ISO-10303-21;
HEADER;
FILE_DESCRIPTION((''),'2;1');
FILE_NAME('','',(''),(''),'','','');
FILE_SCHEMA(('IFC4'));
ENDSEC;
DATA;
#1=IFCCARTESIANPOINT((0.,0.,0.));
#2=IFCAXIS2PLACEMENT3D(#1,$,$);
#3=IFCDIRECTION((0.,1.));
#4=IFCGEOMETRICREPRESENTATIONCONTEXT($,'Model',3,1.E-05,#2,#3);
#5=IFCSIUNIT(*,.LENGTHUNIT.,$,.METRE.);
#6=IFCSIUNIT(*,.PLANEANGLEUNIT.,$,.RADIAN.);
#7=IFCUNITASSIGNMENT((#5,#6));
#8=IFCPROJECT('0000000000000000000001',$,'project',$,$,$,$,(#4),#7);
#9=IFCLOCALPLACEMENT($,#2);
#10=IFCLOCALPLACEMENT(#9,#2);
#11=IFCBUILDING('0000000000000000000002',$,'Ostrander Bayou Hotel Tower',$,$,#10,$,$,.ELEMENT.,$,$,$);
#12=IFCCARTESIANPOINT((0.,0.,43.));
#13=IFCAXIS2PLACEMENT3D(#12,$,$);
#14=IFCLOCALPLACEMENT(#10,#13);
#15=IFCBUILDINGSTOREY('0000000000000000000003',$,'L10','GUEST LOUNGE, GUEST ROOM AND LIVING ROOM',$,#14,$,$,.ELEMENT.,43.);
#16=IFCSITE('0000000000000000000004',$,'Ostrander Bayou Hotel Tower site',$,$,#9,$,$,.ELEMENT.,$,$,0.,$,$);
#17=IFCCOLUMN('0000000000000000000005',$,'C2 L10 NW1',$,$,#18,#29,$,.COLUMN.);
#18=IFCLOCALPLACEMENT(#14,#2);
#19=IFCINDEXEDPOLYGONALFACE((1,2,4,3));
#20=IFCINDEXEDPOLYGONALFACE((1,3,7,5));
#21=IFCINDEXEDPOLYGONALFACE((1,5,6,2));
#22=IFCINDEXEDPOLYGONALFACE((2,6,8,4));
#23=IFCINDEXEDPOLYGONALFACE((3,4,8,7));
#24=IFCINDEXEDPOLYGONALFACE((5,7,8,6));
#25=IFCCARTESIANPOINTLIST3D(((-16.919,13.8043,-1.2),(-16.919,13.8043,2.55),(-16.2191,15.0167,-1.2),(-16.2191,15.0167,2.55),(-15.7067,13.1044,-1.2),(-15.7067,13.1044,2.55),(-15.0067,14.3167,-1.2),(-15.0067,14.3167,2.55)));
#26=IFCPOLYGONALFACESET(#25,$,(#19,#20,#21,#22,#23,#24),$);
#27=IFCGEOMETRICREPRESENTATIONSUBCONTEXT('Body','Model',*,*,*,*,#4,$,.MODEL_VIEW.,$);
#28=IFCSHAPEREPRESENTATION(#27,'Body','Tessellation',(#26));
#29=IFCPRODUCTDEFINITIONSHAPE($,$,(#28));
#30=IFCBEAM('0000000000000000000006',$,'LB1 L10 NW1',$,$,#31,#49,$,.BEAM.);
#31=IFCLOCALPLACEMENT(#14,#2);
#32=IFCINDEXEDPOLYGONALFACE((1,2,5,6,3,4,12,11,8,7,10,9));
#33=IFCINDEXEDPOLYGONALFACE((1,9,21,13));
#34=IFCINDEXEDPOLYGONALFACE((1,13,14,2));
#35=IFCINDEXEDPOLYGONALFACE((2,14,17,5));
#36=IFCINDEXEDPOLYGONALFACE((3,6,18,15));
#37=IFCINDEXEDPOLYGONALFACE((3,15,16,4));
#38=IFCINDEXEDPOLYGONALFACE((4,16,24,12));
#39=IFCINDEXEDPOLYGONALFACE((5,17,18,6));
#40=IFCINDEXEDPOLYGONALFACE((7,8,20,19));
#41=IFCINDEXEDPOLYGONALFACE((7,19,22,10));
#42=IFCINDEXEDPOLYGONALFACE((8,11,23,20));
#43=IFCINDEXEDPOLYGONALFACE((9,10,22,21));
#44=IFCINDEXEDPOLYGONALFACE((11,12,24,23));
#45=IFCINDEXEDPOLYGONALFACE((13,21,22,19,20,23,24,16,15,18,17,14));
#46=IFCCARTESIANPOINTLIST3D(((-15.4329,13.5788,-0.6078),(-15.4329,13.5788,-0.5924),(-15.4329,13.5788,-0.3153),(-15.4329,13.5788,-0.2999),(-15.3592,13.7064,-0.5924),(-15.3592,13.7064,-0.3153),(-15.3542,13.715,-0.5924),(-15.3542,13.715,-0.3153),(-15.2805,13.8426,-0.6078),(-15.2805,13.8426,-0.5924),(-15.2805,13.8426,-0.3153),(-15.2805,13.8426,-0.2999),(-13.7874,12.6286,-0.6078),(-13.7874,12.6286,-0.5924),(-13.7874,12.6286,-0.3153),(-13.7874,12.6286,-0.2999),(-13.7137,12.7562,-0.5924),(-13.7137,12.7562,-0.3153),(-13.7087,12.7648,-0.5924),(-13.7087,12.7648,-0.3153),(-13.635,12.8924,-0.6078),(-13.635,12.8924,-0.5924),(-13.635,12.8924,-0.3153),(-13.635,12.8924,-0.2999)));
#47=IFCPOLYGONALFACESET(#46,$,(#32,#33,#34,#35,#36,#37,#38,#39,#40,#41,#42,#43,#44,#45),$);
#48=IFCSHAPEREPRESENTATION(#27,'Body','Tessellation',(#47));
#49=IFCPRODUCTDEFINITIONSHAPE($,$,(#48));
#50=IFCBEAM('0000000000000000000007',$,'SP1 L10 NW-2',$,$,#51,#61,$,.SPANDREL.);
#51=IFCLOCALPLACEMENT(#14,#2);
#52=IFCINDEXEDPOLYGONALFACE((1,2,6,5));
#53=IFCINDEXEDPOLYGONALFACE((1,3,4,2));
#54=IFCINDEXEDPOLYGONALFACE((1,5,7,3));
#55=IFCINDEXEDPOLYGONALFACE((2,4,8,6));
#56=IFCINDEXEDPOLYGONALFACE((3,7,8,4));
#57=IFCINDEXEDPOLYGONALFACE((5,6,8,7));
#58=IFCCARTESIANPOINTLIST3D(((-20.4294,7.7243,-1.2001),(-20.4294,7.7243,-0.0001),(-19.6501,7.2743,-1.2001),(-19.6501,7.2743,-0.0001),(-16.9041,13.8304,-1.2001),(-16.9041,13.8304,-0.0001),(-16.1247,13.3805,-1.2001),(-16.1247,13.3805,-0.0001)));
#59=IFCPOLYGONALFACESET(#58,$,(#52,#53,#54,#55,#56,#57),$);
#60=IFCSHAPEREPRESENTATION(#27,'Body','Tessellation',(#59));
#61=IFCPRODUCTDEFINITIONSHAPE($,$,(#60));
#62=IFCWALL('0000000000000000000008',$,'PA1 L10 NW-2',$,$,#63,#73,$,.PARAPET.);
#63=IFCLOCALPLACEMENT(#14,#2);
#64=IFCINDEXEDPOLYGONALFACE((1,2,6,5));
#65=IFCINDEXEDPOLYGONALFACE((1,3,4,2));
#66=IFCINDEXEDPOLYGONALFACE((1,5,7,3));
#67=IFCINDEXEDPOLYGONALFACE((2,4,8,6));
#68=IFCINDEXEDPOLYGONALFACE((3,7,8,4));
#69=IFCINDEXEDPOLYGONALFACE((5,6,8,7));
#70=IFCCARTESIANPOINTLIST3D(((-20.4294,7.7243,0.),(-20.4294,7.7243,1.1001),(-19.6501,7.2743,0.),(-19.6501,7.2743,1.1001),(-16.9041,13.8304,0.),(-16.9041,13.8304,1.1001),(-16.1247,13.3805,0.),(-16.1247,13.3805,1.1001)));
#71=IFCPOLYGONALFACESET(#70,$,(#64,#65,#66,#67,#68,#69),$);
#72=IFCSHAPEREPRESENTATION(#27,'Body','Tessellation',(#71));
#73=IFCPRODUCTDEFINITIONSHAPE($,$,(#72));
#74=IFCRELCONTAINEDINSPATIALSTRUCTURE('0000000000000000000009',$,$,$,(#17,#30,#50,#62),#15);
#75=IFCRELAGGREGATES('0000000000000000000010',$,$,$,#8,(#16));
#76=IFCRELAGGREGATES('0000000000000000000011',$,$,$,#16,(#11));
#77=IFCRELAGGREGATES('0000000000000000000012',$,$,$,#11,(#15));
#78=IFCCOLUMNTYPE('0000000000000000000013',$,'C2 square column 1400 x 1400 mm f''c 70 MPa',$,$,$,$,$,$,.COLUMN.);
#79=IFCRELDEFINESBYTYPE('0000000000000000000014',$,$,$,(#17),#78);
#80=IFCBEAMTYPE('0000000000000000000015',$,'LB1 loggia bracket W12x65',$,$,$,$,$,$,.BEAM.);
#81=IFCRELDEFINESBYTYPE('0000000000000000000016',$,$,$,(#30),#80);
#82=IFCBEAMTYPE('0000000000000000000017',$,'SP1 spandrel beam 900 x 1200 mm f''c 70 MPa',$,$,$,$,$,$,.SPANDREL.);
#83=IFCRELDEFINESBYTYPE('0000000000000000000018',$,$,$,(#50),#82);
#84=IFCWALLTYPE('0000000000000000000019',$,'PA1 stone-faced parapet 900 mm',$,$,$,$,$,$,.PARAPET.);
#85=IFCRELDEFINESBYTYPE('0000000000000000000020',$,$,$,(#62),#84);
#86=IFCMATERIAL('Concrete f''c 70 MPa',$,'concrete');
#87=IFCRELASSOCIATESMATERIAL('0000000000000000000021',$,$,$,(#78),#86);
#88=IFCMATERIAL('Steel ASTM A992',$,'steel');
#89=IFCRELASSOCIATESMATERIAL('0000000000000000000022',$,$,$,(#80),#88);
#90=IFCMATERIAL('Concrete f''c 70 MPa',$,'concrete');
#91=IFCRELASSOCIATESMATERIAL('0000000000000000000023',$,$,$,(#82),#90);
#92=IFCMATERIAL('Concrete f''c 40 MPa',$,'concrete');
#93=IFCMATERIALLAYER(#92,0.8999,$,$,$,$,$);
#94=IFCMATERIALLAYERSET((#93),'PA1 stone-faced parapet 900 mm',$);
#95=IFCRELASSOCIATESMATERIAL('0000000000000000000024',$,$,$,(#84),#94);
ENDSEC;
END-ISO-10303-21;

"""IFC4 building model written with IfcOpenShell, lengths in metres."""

from ifc_helpers import new_model, si_unit, direction, frame, frame_2d, origin, origin_2d, place, context, subcontext, project, spatial, rectangle, i_section, extrude, material, layer, layer_set, material_profile, profile_set, type_object, element, save


model = new_model("IFC4")

# Units and contexts
model_context = context("Model", 3, precision=1e-05, world=origin(), true_north=direction((0.0, 1.0)))
body_context = subcontext(model_context, "Body", "Model", "MODEL_VIEW")
ifc_project = project(units=[si_unit("LENGTHUNIT", "METRE"), si_unit("PLANEANGLEUNIT", "RADIAN")], contexts=[model_context])

# Site, building, storey
site_placement = place(None, origin())
site = spatial("IfcSite", under=ifc_project, at=site_placement, Name="Ostrander Bayou Hotel Tower site", CompositionType="ELEMENT", RefElevation=0.0)
building_placement = place(site_placement, origin())
building = spatial("IfcBuilding", under=site, at=building_placement, Name="Ostrander Bayou Hotel Tower", CompositionType="ELEMENT")
storey_placement = place(building_placement, frame((0.0, 0.0, 43.0)))
storey = spatial("IfcBuildingStorey", under=building, at=storey_placement, Name="L10", Description="GUEST LOUNGE, GUEST ROOM AND LIVING ROOM", CompositionType="ELEMENT", Elevation=43.0)

# Column
ifc_material_1 = material(Name="Concrete f'c 70 MPa", Category="concrete")
ifc_material_profile_1 = material_profile(ifc_material_1, rectangle(XDim=1.3999, YDim=1.3999, at=origin_2d()))
ifc_profile_set_1 = profile_set([ifc_material_profile_1], Name="Concrete f'c 70 MPa")
column_type = type_object("IfcColumnType", Name="C2 square column 1400 x 1400 mm f'c 70 MPa", PredefinedType="COLUMN", material=ifc_profile_set_1)
column_placement = place(storey_placement, frame((-15.9629, 14.0605, -1.2), z_axis=(0.0, 0.0, 1.0), x_axis=(0.5, 0.866025, 0.0)))
element("IfcColumn", 1, at=column_placement, inside=storey, type_object=column_type, Name="C2 L10 NW1", PredefinedType="COLUMN", context=body_context, shape_type="SweptSolid", body=[
    extrude(rectangle(XDim=1.3999, YDim=1.3999, at=origin_2d()), origin(), (0.0, 0.0, 1.0), 3.75),
])

# Beams
ifc_material_2 = material(Name="Steel ASTM A992", Category="steel")
ifc_material_profile_2 = material_profile(ifc_material_2, i_section(OverallWidth=0.3047, OverallDepth=0.3079, WebThickness=0.01, FlangeThickness=0.0154, at=origin_2d()))
ifc_profile_set_2 = profile_set([ifc_material_profile_2], Name="Steel ASTM A992")
beam_type_1 = type_object("IfcBeamType", Name="LB1 loggia bracket W12x65", PredefinedType="BEAM", material=ifc_profile_set_2)
beam_1_placement = place(storey_placement, frame((-15.3567, 13.7107, -0.4539), z_axis=(0.865989, -0.500064, 0.0), x_axis=(0.500064, 0.865989, 0.0)))
element("IfcBeam", 2, at=beam_1_placement, inside=storey, type_object=beam_type_1, Name="LB1 L10 NW1", PredefinedType="BEAM", context=body_context, shape_type="SweptSolid", body=[
    extrude(i_section(OverallWidth=0.3047, OverallDepth=0.3079, WebThickness=0.01, FlangeThickness=0.0154, at=origin_2d()), origin(), (0.0, 0.0, 1.0), 1.9001),
])
ifc_material_3 = material(Name="Concrete f'c 70 MPa", Category="concrete")
ifc_material_profile_3 = material_profile(ifc_material_3, rectangle(XDim=0.8999, YDim=1.2, at=origin_2d()))
ifc_profile_set_3 = profile_set([ifc_material_profile_3], Name="Concrete f'c 70 MPa")
beam_type_2 = type_object("IfcBeamType", Name="SP1 spandrel beam 900 x 1200 mm f'c 70 MPa", PredefinedType="SPANDREL", material=ifc_profile_set_3)
beam_2_placement = place(storey_placement, frame((-16.5144, 13.6055, -0.6001), z_axis=(-0.499997, -0.866027, 0.0), x_axis=(0.866027, -0.499997, 0.0)))
element("IfcBeam", 3, at=beam_2_placement, inside=storey, type_object=beam_type_2, Name="SP1 L10 NW-2", PredefinedType="SPANDREL", context=body_context, shape_type="SweptSolid", body=[
    extrude(rectangle(XDim=0.8999, YDim=1.2, at=origin_2d()), origin(), (0.0, 0.0, 1.0), 7.0508),
])

# Wall
ifc_material_4 = material(Name="Concrete f'c 40 MPa", Category="concrete")
ifc_layer_1 = layer(ifc_material_4, 0.8999)
ifc_layer_set_1 = layer_set([ifc_layer_1], Name="PA1 stone-faced parapet 900 mm")
wall_type_1 = type_object("IfcWallType", Name="PA1 stone-faced parapet 900 mm", PredefinedType="PARAPET", material=ifc_layer_set_1)
wall_1_placement = place(storey_placement, frame((-16.5144, 13.6055, 0.0), z_axis=(0.0, 0.0, 1.0), x_axis=(-0.499997, -0.866027, 0.0)))
element("IfcWall", 4, at=wall_1_placement, inside=storey, type_object=wall_type_1, Name="PA1 L10 NW-2", PredefinedType="PARAPET", context=body_context, shape_type="SweptSolid", body=[
    extrude(rectangle(XDim=7.0508, YDim=0.8999, at=frame_2d((3.5254, 0.0))), origin(), (0.0, 0.0, 1.0), 1.1001),
])

save(model, "model.ifc")
